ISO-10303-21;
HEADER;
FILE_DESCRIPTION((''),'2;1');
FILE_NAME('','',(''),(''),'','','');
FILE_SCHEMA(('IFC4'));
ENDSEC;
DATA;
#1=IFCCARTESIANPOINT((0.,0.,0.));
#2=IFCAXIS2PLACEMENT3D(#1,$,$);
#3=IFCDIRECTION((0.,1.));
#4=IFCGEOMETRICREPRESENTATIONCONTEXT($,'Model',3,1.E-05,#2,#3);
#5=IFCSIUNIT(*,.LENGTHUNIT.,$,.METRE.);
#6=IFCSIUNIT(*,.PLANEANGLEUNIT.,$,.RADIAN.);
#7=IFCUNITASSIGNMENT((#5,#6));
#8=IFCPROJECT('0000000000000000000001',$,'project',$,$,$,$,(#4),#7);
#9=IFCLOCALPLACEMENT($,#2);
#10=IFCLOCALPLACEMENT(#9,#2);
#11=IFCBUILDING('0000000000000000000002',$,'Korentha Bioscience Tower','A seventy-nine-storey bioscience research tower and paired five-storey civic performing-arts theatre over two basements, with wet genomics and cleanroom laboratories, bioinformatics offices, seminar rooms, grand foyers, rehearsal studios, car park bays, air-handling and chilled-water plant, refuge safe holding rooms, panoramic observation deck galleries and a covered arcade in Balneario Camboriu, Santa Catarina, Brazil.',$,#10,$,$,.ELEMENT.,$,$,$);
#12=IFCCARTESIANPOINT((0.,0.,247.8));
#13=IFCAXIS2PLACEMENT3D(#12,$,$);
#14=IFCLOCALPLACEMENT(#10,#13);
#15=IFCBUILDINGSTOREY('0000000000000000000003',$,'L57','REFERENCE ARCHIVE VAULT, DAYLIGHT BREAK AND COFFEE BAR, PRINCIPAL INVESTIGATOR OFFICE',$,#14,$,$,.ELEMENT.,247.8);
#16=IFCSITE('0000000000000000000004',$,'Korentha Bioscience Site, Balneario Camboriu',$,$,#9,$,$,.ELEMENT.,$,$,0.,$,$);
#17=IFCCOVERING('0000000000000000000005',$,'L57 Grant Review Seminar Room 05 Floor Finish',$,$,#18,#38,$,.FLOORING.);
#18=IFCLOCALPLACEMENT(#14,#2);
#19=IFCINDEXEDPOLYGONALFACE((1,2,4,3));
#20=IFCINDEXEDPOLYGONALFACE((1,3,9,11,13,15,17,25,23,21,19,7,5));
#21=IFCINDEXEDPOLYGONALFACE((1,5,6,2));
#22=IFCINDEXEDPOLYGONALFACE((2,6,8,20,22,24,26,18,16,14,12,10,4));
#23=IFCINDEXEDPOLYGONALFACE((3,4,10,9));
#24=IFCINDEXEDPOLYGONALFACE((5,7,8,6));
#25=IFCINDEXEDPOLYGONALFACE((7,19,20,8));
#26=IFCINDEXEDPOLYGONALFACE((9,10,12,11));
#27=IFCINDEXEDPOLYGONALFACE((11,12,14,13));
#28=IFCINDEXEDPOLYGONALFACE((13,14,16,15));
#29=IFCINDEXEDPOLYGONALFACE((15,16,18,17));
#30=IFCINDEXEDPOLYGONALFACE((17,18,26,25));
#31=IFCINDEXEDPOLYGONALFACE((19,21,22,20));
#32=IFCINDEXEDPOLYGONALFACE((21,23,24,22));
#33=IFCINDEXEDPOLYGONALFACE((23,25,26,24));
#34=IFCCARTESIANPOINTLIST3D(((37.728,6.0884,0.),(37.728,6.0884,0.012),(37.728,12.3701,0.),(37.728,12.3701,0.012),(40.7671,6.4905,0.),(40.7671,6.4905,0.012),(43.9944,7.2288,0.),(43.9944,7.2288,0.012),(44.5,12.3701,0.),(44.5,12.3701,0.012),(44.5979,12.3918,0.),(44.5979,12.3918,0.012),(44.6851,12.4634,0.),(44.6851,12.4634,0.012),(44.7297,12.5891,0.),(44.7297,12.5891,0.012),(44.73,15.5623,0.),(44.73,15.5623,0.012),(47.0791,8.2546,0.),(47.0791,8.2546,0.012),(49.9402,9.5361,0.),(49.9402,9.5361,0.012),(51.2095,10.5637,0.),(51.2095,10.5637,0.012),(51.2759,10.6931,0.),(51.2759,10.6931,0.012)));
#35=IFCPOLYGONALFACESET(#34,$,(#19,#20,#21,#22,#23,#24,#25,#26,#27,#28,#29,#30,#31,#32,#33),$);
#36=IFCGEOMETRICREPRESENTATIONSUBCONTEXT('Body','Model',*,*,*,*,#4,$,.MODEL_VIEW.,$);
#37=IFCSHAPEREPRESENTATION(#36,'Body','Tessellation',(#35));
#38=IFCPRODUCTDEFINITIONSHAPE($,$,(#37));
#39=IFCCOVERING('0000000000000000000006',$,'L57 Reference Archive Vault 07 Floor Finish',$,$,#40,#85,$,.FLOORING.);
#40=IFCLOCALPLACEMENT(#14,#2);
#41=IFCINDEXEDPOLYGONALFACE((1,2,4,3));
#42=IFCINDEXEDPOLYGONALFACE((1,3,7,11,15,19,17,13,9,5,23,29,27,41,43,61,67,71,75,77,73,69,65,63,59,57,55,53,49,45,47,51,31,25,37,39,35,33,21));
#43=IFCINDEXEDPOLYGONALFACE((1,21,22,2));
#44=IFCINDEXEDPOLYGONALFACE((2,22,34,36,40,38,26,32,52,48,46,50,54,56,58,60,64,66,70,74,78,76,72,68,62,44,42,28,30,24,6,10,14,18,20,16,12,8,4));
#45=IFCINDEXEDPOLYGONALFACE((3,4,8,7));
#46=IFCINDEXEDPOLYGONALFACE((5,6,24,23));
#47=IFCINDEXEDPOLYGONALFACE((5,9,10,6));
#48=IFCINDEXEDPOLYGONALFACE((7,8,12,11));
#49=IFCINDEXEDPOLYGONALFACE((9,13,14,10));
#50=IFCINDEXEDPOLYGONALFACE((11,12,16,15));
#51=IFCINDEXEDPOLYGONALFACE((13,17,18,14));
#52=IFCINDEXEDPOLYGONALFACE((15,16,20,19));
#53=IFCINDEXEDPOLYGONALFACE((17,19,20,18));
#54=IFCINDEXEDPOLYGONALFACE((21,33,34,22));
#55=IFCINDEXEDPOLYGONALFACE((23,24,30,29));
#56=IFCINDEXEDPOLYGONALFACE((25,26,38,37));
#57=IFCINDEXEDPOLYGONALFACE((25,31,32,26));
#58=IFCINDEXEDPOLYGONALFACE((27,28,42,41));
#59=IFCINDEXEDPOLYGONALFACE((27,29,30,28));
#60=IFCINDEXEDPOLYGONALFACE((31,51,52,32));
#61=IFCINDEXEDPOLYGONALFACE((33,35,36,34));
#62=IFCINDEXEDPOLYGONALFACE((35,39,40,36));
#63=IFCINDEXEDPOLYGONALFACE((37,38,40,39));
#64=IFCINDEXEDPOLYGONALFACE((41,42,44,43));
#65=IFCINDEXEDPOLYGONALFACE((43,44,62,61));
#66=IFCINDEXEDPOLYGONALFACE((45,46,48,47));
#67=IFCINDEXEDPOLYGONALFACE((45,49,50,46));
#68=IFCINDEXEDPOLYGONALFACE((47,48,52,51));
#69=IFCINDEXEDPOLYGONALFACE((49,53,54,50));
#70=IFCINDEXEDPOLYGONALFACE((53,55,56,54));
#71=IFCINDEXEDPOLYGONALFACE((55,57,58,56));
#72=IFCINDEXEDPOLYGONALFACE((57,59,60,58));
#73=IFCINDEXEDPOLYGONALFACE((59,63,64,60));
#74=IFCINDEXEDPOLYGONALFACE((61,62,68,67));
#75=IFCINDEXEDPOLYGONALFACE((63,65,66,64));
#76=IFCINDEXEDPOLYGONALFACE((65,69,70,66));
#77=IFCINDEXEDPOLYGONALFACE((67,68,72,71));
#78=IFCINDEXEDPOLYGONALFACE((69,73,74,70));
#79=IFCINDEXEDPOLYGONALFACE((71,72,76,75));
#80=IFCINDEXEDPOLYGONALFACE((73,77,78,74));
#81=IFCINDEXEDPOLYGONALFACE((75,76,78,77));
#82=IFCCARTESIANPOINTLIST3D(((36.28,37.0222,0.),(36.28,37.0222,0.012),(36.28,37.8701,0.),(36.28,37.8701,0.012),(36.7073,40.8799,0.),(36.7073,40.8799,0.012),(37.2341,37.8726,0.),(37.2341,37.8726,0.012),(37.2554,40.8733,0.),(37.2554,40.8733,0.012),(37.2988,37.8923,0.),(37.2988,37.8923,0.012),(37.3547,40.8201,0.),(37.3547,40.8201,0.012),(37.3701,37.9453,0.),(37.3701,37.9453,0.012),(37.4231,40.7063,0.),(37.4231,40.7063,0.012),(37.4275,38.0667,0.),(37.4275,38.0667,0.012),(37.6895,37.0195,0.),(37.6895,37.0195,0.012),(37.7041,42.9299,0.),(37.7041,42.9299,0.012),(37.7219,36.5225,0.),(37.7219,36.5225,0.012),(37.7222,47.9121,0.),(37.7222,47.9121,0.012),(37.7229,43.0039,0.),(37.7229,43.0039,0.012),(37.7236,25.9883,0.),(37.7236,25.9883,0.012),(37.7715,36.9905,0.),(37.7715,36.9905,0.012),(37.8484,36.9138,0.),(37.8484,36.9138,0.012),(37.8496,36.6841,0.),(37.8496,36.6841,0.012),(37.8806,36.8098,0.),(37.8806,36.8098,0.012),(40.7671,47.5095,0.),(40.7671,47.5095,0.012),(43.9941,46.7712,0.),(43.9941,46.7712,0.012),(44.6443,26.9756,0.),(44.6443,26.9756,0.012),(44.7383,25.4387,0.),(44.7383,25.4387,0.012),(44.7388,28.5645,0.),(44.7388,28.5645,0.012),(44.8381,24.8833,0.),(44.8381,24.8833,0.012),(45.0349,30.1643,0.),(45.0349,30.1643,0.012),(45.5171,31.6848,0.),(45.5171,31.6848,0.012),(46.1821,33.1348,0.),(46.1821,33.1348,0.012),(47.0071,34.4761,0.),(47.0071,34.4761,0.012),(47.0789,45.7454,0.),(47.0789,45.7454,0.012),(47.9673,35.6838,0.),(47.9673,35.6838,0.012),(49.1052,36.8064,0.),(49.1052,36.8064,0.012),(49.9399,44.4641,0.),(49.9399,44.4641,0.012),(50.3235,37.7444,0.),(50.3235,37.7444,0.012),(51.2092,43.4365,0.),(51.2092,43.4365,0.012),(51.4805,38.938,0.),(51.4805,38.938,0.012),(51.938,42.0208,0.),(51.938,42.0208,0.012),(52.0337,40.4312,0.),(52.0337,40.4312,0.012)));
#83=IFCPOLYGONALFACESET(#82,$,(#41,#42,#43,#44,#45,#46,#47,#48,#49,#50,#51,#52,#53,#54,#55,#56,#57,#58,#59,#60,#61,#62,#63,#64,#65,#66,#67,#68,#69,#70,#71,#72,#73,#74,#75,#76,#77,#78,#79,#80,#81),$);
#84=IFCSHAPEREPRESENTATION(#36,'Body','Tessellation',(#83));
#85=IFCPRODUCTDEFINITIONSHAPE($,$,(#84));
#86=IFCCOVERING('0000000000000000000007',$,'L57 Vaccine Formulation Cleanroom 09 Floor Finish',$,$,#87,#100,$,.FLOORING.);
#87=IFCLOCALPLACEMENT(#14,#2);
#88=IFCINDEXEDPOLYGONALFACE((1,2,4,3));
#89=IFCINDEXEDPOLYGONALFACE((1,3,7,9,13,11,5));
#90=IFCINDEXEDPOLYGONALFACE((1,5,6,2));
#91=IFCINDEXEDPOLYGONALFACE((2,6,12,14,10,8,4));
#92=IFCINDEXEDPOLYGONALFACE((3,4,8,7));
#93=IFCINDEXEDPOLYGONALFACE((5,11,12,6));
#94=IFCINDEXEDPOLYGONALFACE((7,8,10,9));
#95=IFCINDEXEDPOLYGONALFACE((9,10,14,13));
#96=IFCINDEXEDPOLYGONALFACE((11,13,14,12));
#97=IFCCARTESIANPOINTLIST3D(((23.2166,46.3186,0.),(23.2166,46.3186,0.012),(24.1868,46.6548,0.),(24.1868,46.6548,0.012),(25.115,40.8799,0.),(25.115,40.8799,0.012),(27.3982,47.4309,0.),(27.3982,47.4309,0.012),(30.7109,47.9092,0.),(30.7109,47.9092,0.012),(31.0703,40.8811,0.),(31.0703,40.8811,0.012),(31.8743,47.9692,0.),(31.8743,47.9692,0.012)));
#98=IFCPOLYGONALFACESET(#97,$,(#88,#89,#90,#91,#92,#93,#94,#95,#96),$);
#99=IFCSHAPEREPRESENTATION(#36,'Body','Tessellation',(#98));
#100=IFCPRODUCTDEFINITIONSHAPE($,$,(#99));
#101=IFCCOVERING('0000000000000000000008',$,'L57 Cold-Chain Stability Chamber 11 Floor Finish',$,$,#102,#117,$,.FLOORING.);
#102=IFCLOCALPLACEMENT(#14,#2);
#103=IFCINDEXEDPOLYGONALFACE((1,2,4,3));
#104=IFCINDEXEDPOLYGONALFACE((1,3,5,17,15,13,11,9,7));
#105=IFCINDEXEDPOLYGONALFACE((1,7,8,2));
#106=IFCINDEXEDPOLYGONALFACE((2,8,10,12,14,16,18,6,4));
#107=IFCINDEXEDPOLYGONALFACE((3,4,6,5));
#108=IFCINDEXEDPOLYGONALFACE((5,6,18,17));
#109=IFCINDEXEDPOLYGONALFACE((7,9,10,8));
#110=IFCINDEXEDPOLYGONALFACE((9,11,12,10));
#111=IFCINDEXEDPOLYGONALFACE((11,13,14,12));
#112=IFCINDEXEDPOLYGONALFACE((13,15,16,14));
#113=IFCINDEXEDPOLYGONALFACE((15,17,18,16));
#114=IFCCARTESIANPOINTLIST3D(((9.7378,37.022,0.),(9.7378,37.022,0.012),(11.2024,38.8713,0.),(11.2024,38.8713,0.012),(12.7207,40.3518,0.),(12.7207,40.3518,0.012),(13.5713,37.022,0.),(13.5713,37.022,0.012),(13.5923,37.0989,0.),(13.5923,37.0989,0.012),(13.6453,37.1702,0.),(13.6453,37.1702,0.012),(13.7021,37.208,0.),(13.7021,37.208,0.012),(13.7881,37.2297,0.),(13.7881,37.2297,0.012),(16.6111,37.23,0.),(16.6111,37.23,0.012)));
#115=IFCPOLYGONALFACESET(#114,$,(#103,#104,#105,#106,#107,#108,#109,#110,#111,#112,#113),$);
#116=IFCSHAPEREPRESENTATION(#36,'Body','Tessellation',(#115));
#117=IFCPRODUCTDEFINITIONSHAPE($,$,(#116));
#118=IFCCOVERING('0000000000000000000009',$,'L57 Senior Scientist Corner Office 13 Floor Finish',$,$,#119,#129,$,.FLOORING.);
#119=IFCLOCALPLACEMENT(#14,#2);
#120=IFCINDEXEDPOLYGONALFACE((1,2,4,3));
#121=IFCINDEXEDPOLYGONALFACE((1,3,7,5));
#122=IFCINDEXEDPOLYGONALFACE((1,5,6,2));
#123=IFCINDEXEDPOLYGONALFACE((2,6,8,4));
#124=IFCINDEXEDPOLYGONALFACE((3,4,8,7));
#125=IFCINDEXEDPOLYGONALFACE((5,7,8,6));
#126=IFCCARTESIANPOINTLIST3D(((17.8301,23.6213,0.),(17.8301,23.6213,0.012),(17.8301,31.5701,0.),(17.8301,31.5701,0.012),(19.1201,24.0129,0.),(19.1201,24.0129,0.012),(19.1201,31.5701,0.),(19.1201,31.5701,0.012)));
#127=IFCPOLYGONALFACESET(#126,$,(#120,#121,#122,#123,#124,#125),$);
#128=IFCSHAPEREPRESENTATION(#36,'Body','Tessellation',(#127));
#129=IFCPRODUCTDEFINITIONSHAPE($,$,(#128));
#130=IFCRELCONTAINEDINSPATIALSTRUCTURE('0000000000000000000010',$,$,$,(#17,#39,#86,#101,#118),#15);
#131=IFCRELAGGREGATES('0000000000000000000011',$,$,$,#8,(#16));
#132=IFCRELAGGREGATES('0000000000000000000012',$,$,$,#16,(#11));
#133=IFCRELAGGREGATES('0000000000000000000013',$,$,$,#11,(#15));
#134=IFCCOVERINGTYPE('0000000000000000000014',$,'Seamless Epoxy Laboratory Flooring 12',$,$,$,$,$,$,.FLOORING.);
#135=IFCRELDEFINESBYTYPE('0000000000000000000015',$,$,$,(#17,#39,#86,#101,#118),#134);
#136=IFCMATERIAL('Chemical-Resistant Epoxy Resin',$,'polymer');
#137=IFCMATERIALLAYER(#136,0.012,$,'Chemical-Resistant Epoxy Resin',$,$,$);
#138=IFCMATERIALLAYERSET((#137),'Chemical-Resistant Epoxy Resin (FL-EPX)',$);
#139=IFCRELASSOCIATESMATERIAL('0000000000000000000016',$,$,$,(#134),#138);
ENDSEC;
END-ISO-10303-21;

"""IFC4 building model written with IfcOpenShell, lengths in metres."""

from ifc_helpers import new_model, si_unit, direction, frame, origin, place, context, subcontext, project, spatial, polyline, outline, extrude, material, layer, layer_set, type_object, element, save


model = new_model("IFC4")

# Units and contexts
model_context = context("Model", 3, precision=1e-05, world=origin(), true_north=direction((0.0, 1.0)))
body_context = subcontext(model_context, "Body", "Model", "MODEL_VIEW")
ifc_project = project(units=[si_unit("LENGTHUNIT", "METRE"), si_unit("PLANEANGLEUNIT", "RADIAN")], contexts=[model_context])

# Site, building, storey
site_placement = place(None, origin())
site = spatial("IfcSite", under=ifc_project, at=site_placement, Name="Korentha Bioscience Site, Balneario Camboriu", CompositionType="ELEMENT", RefElevation=0.0)
building_placement = place(site_placement, origin())
building = spatial("IfcBuilding", under=site, at=building_placement, Name="Korentha Bioscience Tower", Description="A seventy-nine-storey bioscience research tower and paired five-storey civic performing-arts theatre over two basements, with wet genomics and cleanroom laboratories, bioinformatics offices, seminar rooms, grand foyers, rehearsal studios, car park bays, air-handling and chilled-water plant, refuge safe holding rooms, panoramic observation deck galleries and a covered arcade in Balneario Camboriu, Santa Catarina, Brazil.", CompositionType="ELEMENT")
storey_placement = place(building_placement, frame((0.0, 0.0, 247.8)))
storey = spatial("IfcBuildingStorey", under=building, at=storey_placement, Name="L57", Description="REFERENCE ARCHIVE VAULT, DAYLIGHT BREAK AND COFFEE BAR, PRINCIPAL INVESTIGATOR OFFICE", CompositionType="ELEMENT", Elevation=247.8)

# Coverings
ifc_material_1 = material(Name="Chemical-Resistant Epoxy Resin", Category="polymer")
ifc_layer_1 = layer(ifc_material_1, 0.012, Name="Chemical-Resistant Epoxy Resin")
ifc_layer_set_1 = layer_set([ifc_layer_1], Name="Chemical-Resistant Epoxy Resin (FL-EPX)")
covering_type_1 = type_object("IfcCoveringType", Name="Seamless Epoxy Laboratory Flooring 12", PredefinedType="FLOORING", material=ifc_layer_set_1)
covering_1_placement = place(storey_placement, origin())
element("IfcCovering", 1, at=covering_1_placement, inside=storey, type_object=covering_type_1, Name="L57 Grant Review Seminar Room 05 Floor Finish", PredefinedType="FLOORING", context=body_context, shape_type="SweptSolid", body=[
    extrude(outline(polyline([(43.9944, 7.2288), (40.7671, 6.4905), (37.728, 6.0884), (37.728, 12.3701), (44.5, 12.3701), (44.5979, 12.3918), (44.6851, 12.4634), (44.7297, 12.5891), (44.73, 15.5623), (51.2759, 10.6931), (51.2095, 10.5637), (49.9402, 9.5361), (47.0791, 8.2546), (43.9944, 7.2288)])), origin(), (0.0, 0.0, 1.0), 0.012),
])
covering_2_placement = place(storey_placement, origin())
element("IfcCovering", 2, at=covering_2_placement, inside=storey, type_object=covering_type_1, Name="L57 Reference Archive Vault 07 Floor Finish", PredefinedType="FLOORING", context=body_context, shape_type="SweptSolid", body=[
    extrude(outline(polyline([(37.6895, 37.0195), (36.28, 37.0222), (36.28, 37.8701), (37.2341, 37.8726), (37.2988, 37.8923), (37.3701, 37.9453), (37.4275, 38.0667), (37.4231, 40.7063), (37.3547, 40.8201), (37.2554, 40.8733), (36.7073, 40.8799), (37.7041, 42.9299), (37.7229, 43.0039), (37.7222, 47.9121), (40.7671, 47.5095), (43.9941, 46.7712), (47.0789, 45.7454), (49.9399, 44.4641), (51.2092, 43.4365), (51.938, 42.0208), (52.0337, 40.4312), (51.4805, 38.938), (50.3235, 37.7444), (49.1052, 36.8064), (47.9673, 35.6838), (47.0071, 34.4761), (46.1821, 33.1348), (45.5171, 31.6848), (45.0349, 30.1643), (44.7388, 28.5645), (44.6443, 26.9756), (44.7383, 25.4387), (44.8381, 24.8833), (37.7236, 25.9883), (37.7219, 36.5225), (37.8496, 36.6841), (37.8806, 36.8098), (37.8484, 36.9138), (37.7715, 36.9905), (37.6895, 37.0195)])), origin(), (0.0, 0.0, 1.0), 0.012),
])
covering_3_placement = place(storey_placement, origin())
element("IfcCovering", 3, at=covering_3_placement, inside=storey, type_object=covering_type_1, Name="L57 Vaccine Formulation Cleanroom 09 Floor Finish", PredefinedType="FLOORING", context=body_context, shape_type="SweptSolid", body=[
    extrude(outline(polyline([(30.7109, 47.9092), (31.8743, 47.9692), (31.0703, 40.8811), (25.115, 40.8799), (23.2166, 46.3186), (24.1868, 46.6548), (27.3982, 47.4309), (30.7109, 47.9092)])), origin(), (0.0, 0.0, 1.0), 0.012),
])
covering_4_placement = place(storey_placement, origin())
element("IfcCovering", 4, at=covering_4_placement, inside=storey, type_object=covering_type_1, Name="L57 Cold-Chain Stability Chamber 11 Floor Finish", PredefinedType="FLOORING", context=body_context, shape_type="SweptSolid", body=[
    extrude(outline(polyline([(11.2024, 38.8713), (12.7207, 40.3518), (16.6111, 37.23), (13.7881, 37.2297), (13.7021, 37.208), (13.6453, 37.1702), (13.5923, 37.0989), (13.5713, 37.022), (9.7378, 37.022), (11.2024, 38.8713)])), origin(), (0.0, 0.0, 1.0), 0.012),
])
covering_5_placement = place(storey_placement, origin())
element("IfcCovering", 5, at=covering_5_placement, inside=storey, type_object=covering_type_1, Name="L57 Senior Scientist Corner Office 13 Floor Finish", PredefinedType="FLOORING", context=body_context, shape_type="SweptSolid", body=[
    extrude(outline(polyline([(17.8301, 23.6213), (17.8301, 31.5701), (19.1201, 31.5701), (19.1201, 24.0129), (17.8301, 23.6213)])), origin(), (0.0, 0.0, 1.0), 0.012),
])

save(model, "model.ifc")
